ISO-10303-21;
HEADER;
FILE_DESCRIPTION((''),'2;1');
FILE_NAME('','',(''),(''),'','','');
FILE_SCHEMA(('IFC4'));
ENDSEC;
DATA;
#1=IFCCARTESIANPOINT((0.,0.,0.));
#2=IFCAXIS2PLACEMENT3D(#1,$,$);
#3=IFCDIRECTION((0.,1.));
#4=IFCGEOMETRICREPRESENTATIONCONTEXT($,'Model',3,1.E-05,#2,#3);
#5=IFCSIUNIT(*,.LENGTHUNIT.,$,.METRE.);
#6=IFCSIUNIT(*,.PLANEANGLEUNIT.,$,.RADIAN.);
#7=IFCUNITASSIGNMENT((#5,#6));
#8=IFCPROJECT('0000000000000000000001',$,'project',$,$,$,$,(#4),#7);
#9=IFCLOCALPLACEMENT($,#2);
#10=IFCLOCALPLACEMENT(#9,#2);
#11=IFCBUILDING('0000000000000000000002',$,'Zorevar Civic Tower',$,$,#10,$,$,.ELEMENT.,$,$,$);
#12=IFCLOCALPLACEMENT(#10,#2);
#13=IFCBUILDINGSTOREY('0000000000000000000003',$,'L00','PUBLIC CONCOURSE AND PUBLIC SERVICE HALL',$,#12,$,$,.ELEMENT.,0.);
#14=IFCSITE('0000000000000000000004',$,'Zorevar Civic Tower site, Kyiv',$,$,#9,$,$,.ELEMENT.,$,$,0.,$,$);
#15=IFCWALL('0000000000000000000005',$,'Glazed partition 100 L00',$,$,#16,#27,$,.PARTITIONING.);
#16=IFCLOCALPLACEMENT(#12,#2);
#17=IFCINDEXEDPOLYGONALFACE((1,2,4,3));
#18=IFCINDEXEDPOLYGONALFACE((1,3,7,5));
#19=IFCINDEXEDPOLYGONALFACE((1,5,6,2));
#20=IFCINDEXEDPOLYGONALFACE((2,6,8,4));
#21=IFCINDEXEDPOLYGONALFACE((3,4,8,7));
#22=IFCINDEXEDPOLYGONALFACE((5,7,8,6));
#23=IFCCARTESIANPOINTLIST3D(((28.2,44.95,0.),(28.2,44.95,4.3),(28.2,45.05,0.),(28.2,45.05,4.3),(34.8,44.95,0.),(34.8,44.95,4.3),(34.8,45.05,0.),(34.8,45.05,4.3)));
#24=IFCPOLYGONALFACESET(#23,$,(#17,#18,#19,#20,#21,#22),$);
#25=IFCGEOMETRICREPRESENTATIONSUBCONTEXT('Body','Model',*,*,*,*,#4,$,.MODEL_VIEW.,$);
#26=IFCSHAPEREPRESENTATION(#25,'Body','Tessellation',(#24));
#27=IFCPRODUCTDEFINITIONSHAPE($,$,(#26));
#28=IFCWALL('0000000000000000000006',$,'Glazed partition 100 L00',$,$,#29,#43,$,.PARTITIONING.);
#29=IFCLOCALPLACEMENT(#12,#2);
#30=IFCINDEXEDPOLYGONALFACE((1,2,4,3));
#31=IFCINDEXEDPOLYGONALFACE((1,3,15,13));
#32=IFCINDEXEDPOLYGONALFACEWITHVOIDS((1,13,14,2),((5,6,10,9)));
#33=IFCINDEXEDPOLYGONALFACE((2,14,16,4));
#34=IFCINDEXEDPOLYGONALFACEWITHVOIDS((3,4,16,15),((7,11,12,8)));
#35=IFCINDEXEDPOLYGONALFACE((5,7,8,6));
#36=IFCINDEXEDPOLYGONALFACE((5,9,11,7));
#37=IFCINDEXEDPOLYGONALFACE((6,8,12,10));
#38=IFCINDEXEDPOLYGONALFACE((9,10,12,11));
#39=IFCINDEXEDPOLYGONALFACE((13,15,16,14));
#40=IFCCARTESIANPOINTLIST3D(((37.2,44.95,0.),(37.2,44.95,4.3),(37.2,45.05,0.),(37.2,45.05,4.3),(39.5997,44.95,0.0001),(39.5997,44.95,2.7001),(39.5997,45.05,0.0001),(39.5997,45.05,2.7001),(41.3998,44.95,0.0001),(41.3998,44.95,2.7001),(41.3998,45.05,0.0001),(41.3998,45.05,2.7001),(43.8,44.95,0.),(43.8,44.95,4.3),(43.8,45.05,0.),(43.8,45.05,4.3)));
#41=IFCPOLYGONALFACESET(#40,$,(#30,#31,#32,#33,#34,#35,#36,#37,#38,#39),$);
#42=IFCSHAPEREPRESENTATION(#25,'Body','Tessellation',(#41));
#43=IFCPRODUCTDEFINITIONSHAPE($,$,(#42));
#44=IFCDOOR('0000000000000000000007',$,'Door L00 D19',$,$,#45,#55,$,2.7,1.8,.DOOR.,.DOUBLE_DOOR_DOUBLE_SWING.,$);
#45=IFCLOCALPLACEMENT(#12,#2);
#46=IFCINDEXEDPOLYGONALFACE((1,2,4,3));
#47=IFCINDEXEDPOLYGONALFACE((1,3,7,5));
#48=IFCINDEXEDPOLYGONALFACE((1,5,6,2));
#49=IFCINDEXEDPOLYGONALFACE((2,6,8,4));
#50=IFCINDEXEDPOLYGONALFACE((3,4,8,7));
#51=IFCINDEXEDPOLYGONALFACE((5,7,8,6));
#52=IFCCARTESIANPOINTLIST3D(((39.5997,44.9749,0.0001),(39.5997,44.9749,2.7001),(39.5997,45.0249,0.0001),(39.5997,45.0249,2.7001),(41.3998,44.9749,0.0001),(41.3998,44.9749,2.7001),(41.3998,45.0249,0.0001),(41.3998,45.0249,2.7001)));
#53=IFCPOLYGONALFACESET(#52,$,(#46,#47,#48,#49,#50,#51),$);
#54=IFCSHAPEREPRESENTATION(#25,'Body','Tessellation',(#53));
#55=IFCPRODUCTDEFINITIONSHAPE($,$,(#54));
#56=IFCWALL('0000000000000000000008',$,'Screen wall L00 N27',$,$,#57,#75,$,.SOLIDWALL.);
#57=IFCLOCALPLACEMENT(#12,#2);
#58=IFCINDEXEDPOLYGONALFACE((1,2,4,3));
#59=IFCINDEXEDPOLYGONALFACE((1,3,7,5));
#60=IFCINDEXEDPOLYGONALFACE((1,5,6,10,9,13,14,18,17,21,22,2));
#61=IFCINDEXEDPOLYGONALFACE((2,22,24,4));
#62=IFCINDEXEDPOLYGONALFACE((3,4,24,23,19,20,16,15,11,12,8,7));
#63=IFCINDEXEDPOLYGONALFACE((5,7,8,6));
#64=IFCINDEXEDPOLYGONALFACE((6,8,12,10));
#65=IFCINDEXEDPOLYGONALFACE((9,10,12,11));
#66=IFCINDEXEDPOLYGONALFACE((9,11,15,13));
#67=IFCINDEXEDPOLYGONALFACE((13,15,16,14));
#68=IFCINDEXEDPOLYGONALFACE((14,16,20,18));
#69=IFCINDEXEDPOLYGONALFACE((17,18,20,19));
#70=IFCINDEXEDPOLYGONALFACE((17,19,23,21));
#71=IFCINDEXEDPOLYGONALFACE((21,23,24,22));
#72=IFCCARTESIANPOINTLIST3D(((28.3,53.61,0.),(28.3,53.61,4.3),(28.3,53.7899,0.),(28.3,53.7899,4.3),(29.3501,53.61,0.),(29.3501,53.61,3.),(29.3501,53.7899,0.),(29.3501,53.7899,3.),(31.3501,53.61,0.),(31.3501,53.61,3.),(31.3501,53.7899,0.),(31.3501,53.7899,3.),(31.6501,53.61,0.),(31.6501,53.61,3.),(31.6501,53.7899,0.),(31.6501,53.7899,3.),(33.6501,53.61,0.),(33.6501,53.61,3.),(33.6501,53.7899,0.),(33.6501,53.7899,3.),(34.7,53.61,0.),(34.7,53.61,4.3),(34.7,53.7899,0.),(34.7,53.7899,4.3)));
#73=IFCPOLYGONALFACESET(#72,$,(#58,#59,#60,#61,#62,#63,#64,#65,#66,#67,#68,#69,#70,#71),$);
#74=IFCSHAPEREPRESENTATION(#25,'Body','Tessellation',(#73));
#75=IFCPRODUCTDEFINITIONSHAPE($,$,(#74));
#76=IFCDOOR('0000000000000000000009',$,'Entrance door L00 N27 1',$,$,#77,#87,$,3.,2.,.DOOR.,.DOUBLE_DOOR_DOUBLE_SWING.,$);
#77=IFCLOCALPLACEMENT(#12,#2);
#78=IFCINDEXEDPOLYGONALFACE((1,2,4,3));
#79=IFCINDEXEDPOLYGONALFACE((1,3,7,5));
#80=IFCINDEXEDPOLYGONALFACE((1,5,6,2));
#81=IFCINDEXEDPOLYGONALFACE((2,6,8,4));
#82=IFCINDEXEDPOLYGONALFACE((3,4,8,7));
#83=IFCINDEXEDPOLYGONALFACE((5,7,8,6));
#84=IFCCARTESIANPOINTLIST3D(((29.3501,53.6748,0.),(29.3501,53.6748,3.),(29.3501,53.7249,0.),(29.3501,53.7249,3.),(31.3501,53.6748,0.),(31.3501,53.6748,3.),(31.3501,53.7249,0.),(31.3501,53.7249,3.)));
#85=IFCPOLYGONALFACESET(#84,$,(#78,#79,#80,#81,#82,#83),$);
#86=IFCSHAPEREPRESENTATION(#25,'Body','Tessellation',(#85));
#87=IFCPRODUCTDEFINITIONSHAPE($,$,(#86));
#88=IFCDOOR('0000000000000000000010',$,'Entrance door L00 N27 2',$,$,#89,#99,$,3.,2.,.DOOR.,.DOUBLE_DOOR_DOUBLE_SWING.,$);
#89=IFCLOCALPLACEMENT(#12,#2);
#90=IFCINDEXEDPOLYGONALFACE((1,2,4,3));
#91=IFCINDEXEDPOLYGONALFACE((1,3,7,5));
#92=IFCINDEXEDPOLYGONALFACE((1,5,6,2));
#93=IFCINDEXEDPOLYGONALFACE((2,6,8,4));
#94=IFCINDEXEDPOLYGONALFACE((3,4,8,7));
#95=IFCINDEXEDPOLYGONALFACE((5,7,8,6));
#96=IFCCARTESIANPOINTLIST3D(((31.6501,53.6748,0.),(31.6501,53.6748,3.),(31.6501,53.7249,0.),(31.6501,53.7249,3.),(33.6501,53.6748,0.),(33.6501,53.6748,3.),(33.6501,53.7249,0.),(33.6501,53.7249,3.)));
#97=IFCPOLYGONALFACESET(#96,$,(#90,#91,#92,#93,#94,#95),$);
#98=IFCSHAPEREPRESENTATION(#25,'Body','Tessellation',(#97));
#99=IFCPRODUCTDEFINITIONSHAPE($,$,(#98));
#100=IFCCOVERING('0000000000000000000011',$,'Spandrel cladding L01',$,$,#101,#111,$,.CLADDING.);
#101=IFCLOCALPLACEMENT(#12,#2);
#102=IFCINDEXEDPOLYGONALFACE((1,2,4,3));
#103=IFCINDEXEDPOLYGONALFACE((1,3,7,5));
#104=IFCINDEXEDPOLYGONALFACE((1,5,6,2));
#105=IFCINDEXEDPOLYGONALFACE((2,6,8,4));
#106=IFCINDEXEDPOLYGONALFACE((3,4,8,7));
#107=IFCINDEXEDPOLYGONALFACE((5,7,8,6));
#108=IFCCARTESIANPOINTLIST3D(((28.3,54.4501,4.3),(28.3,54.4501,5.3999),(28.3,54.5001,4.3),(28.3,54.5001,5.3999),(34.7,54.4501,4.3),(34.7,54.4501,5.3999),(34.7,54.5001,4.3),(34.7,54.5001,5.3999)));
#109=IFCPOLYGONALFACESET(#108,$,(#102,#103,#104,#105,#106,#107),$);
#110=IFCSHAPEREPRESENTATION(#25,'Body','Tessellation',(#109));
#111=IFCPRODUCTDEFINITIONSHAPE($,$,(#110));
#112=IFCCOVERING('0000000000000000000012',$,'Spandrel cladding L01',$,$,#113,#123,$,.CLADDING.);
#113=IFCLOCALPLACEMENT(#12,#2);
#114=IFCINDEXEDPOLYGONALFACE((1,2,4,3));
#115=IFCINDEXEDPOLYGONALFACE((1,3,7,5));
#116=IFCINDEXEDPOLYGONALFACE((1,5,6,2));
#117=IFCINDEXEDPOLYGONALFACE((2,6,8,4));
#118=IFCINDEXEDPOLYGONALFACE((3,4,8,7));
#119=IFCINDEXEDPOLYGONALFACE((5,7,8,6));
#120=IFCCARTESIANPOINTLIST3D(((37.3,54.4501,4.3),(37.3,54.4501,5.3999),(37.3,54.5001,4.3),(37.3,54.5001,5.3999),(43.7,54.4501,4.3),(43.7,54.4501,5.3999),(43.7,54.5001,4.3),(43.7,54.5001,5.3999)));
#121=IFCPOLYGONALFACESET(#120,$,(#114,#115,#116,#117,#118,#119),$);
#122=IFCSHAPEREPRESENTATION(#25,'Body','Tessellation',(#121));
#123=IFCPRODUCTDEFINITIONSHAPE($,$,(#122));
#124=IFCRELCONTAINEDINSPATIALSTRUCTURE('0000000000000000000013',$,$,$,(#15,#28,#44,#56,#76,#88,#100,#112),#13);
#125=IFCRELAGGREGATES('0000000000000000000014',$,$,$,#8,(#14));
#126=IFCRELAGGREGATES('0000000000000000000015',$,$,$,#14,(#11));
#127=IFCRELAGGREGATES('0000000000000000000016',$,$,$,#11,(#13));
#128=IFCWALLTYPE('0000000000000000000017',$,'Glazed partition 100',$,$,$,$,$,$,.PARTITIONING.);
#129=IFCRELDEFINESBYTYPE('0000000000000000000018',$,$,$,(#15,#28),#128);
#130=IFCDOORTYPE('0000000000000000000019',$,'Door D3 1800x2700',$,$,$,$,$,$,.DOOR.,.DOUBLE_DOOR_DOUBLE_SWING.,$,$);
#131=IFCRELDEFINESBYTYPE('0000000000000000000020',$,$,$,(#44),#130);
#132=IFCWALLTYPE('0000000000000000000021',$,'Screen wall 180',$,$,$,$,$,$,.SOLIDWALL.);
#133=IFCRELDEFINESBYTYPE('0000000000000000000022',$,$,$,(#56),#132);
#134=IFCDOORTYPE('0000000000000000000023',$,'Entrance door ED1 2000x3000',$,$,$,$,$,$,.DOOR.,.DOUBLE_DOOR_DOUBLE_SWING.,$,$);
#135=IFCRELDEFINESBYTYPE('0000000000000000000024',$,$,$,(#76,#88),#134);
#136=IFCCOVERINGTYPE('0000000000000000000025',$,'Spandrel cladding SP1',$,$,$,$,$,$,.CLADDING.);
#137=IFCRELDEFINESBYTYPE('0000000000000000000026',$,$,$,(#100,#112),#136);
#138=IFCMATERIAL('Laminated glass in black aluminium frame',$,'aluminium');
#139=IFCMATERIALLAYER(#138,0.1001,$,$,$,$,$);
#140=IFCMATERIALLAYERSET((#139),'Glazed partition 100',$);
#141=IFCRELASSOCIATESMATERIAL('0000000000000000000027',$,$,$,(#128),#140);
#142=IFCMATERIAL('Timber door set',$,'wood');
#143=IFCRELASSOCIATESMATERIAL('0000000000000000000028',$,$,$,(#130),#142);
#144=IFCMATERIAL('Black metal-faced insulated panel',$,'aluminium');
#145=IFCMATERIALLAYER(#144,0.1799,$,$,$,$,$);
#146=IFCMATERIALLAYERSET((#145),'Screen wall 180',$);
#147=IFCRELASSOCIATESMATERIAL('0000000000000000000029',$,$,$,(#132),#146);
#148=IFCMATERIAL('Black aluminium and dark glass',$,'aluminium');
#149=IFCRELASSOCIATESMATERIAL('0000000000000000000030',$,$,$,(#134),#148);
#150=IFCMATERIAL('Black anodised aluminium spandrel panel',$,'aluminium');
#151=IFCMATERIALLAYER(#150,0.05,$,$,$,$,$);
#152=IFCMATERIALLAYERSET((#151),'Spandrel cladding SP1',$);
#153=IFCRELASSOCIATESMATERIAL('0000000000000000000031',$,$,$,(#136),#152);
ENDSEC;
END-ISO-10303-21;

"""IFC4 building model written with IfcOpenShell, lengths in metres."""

from ifc_helpers import new_model, si_unit, direction, frame, frame_2d, origin, place, context, subcontext, project, spatial, rectangle, extrude, material, layer, layer_set, type_object, element, fill, save


model = new_model("IFC4")

# Units and contexts
model_context = context("Model", 3, precision=1e-05, world=origin(), true_north=direction((0.0, 1.0)))
body_context = subcontext(model_context, "Body", "Model", "MODEL_VIEW")
ifc_project = project(units=[si_unit("LENGTHUNIT", "METRE"), si_unit("PLANEANGLEUNIT", "RADIAN")], contexts=[model_context])

# Site, building, storey
site_placement = place(None, origin())
site = spatial("IfcSite", under=ifc_project, at=site_placement, Name="Zorevar Civic Tower site, Kyiv", CompositionType="ELEMENT", RefElevation=0.0)
building_placement = place(site_placement, origin())
building = spatial("IfcBuilding", under=site, at=building_placement, Name="Zorevar Civic Tower", CompositionType="ELEMENT")
storey_placement = place(building_placement, origin())
storey = spatial("IfcBuildingStorey", under=building, at=storey_placement, Name="L00", Description="PUBLIC CONCOURSE AND PUBLIC SERVICE HALL", CompositionType="ELEMENT", Elevation=0.0)

# Wall
ifc_material_1 = material(Name="Laminated glass in black aluminium frame", Category="aluminium")
ifc_layer_1 = layer(ifc_material_1, 0.1001)
ifc_layer_set_1 = layer_set([ifc_layer_1], Name="Glazed partition 100")
wall_type_1 = type_object("IfcWallType", Name="Glazed partition 100", PredefinedType="PARTITIONING", material=ifc_layer_set_1)
wall_1_placement = place(storey_placement, frame((28.2, 45.0, 0.0), z_axis=(0.0, 0.0, 1.0), x_axis=(1.0, 0.0, 0.0)))
element("IfcWall", 1, at=wall_1_placement, inside=storey, type_object=wall_type_1, Name="Glazed partition 100 L00", PredefinedType="PARTITIONING", context=body_context, shape_type="SweptSolid", body=[
    extrude(rectangle(XDim=6.6001, YDim=0.1001, at=frame_2d((3.3, 0.0))), origin(), (0.0, 0.0, 1.0), 4.3),
])

# Wall, opening, door
wall_2_placement = place(storey_placement, frame((37.2, 45.0, 0.0), z_axis=(0.0, 0.0, 1.0), x_axis=(1.0, 0.0, 0.0)))
wall_2 = element("IfcWall", 2, at=wall_2_placement, inside=storey, type_object=wall_type_1, Name="Glazed partition 100 L00", PredefinedType="PARTITIONING", context=body_context, shape_type="SweptSolid", body=[
    extrude(rectangle(XDim=6.6001, YDim=0.1001, at=frame_2d((3.3, 0.0))), origin(), (0.0, 0.0, 1.0), 4.3),
])
opening_1_placement = place(wall_2_placement, frame((2.3999, 0.0, 0.0)))
opening_1 = element("IfcOpeningElement", 3, at=opening_1_placement, cuts=wall_2, PredefinedType="OPENING", context=body_context, shape_type="SweptSolid", body=[
    extrude(rectangle(XDim=1.8, YDim=2.7, at=frame_2d((0.8999, 1.3501))), frame((0.0, 0.0601, 0.0), z_axis=(0.0, -1.0, 0.0), x_axis=(1.0, 0.0, 0.0)), (0.0, 0.0, 1.0), 0.1201),
])
ifc_material_2 = material(Name="Timber door set", Category="wood")
door_type_1 = type_object("IfcDoorType", Name="Door D3 1800x2700", OperationType="DOUBLE_DOOR_DOUBLE_SWING", PredefinedType="DOOR", material=ifc_material_2)
door_1_placement = place(opening_1_placement, origin())
door_1 = element("IfcDoor", 4, at=door_1_placement, inside=storey, type_object=door_type_1, Name="Door L00 D19", OperationType="DOUBLE_DOOR_DOUBLE_SWING", OverallHeight=2.7, OverallWidth=1.8, PredefinedType="DOOR", context=body_context, shape_type="SweptSolid", body=[
    extrude(rectangle(XDim=1.8, YDim=2.7, at=frame_2d((0.8999, 1.3501))), frame((0.0, 0.0249, 0.0), z_axis=(0.0, -1.0, 0.0), x_axis=(1.0, 0.0, 0.0)), (0.0, 0.0, 1.0), 0.05),
])
fill(opening_1, door_1)

# Wall, openings, doors
ifc_material_3 = material(Name="Black metal-faced insulated panel", Category="aluminium")
ifc_layer_2 = layer(ifc_material_3, 0.1799)
ifc_layer_set_2 = layer_set([ifc_layer_2], Name="Screen wall 180")
wall_type_2 = type_object("IfcWallType", Name="Screen wall 180", PredefinedType="SOLIDWALL", material=ifc_layer_set_2)
wall_3_placement = place(storey_placement, frame((28.3, 53.7, 0.0), z_axis=(0.0, 0.0, 1.0), x_axis=(1.0, 0.0, 0.0)))
wall_3 = element("IfcWall", 5, at=wall_3_placement, inside=storey, type_object=wall_type_2, Name="Screen wall L00 N27", PredefinedType="SOLIDWALL", context=body_context, shape_type="SweptSolid", body=[
    extrude(rectangle(XDim=6.3999, YDim=0.1799, at=frame_2d((3.2, 0.0))), origin(), (0.0, 0.0, 1.0), 4.3),
])
opening_2_placement = place(wall_3_placement, frame((1.05, 0.0, 0.0)))
opening_2 = element("IfcOpeningElement", 6, at=opening_2_placement, cuts=wall_3, PredefinedType="OPENING", context=body_context, shape_type="SweptSolid", body=[
    extrude(rectangle(XDim=2.0, YDim=3.0, at=frame_2d((1.0, 1.5))), frame((0.0, 0.0999, 0.0), z_axis=(0.0, -1.0, 0.0), x_axis=(1.0, 0.0, 0.0)), (0.0, 0.0, 1.0), 0.2),
])
opening_3_placement = place(wall_3_placement, frame((3.3501, 0.0, 0.0)))
opening_3 = element("IfcOpeningElement", 7, at=opening_3_placement, cuts=wall_3, PredefinedType="OPENING", context=body_context, shape_type="SweptSolid", body=[
    extrude(rectangle(XDim=2.0, YDim=3.0, at=frame_2d((1.0, 1.5))), frame((0.0, 0.0999, 0.0), z_axis=(0.0, -1.0, 0.0), x_axis=(1.0, 0.0, 0.0)), (0.0, 0.0, 1.0), 0.2),
])
ifc_material_4 = material(Name="Black aluminium and dark glass", Category="aluminium")
door_type_2 = type_object("IfcDoorType", Name="Entrance door ED1 2000x3000", OperationType="DOUBLE_DOOR_DOUBLE_SWING", PredefinedType="DOOR", material=ifc_material_4)
door_2_placement = place(opening_2_placement, origin())
door_2 = element("IfcDoor", 8, at=door_2_placement, inside=storey, type_object=door_type_2, Name="Entrance door L00 N27 1", OperationType="DOUBLE_DOOR_DOUBLE_SWING", OverallHeight=3.0, OverallWidth=2.0, PredefinedType="DOOR", context=body_context, shape_type="SweptSolid", body=[
    extrude(rectangle(XDim=2.0, YDim=3.0, at=frame_2d((1.0, 1.5))), frame((0.0, 0.0249, 0.0), z_axis=(0.0, -1.0, 0.0), x_axis=(1.0, 0.0, 0.0)), (0.0, 0.0, 1.0), 0.05),
])
fill(opening_2, door_2)
door_3_placement = place(opening_3_placement, origin())
door_3 = element("IfcDoor", 9, at=door_3_placement, inside=storey, type_object=door_type_2, Name="Entrance door L00 N27 2", OperationType="DOUBLE_DOOR_DOUBLE_SWING", OverallHeight=3.0, OverallWidth=2.0, PredefinedType="DOOR", context=body_context, shape_type="SweptSolid", body=[
    extrude(rectangle(XDim=2.0, YDim=3.0, at=frame_2d((1.0, 1.5))), frame((0.0, 0.0249, 0.0), z_axis=(0.0, -1.0, 0.0), x_axis=(1.0, 0.0, 0.0)), (0.0, 0.0, 1.0), 0.05),
])
fill(opening_3, door_3)

# Coverings
ifc_material_5 = material(Name="Black anodised aluminium spandrel panel", Category="aluminium")
ifc_layer_3 = layer(ifc_material_5, 0.05)
ifc_layer_set_3 = layer_set([ifc_layer_3], Name="Spandrel cladding SP1")
covering_type = type_object("IfcCoveringType", Name="Spandrel cladding SP1", PredefinedType="CLADDING", material=ifc_layer_set_3)
for number, where, z_axis, x_axis, name in (
    (10, (28.3, 54.4751, 4.3), (0.0, 0.0, 1.0), (1.0, 0.0, 0.0), "Spandrel cladding L01"),
    (11, (37.3, 54.4751, 4.3), (0.0, 0.0, 1.0), (1.0, 0.0, 0.0), "Spandrel cladding L01"),
):
    element("IfcCovering", number, at=place(storey_placement, frame(where, z_axis=z_axis, x_axis=x_axis)), inside=storey, type_object=covering_type, Name=name, PredefinedType="CLADDING", context=body_context, shape_type="SweptSolid", body=[
        extrude(rectangle(XDim=6.3999, YDim=0.05, at=frame_2d((3.2, 0.0))), origin(), (0.0, 0.0, 1.0), 1.0999),
    ])

save(model, "model.ifc")
